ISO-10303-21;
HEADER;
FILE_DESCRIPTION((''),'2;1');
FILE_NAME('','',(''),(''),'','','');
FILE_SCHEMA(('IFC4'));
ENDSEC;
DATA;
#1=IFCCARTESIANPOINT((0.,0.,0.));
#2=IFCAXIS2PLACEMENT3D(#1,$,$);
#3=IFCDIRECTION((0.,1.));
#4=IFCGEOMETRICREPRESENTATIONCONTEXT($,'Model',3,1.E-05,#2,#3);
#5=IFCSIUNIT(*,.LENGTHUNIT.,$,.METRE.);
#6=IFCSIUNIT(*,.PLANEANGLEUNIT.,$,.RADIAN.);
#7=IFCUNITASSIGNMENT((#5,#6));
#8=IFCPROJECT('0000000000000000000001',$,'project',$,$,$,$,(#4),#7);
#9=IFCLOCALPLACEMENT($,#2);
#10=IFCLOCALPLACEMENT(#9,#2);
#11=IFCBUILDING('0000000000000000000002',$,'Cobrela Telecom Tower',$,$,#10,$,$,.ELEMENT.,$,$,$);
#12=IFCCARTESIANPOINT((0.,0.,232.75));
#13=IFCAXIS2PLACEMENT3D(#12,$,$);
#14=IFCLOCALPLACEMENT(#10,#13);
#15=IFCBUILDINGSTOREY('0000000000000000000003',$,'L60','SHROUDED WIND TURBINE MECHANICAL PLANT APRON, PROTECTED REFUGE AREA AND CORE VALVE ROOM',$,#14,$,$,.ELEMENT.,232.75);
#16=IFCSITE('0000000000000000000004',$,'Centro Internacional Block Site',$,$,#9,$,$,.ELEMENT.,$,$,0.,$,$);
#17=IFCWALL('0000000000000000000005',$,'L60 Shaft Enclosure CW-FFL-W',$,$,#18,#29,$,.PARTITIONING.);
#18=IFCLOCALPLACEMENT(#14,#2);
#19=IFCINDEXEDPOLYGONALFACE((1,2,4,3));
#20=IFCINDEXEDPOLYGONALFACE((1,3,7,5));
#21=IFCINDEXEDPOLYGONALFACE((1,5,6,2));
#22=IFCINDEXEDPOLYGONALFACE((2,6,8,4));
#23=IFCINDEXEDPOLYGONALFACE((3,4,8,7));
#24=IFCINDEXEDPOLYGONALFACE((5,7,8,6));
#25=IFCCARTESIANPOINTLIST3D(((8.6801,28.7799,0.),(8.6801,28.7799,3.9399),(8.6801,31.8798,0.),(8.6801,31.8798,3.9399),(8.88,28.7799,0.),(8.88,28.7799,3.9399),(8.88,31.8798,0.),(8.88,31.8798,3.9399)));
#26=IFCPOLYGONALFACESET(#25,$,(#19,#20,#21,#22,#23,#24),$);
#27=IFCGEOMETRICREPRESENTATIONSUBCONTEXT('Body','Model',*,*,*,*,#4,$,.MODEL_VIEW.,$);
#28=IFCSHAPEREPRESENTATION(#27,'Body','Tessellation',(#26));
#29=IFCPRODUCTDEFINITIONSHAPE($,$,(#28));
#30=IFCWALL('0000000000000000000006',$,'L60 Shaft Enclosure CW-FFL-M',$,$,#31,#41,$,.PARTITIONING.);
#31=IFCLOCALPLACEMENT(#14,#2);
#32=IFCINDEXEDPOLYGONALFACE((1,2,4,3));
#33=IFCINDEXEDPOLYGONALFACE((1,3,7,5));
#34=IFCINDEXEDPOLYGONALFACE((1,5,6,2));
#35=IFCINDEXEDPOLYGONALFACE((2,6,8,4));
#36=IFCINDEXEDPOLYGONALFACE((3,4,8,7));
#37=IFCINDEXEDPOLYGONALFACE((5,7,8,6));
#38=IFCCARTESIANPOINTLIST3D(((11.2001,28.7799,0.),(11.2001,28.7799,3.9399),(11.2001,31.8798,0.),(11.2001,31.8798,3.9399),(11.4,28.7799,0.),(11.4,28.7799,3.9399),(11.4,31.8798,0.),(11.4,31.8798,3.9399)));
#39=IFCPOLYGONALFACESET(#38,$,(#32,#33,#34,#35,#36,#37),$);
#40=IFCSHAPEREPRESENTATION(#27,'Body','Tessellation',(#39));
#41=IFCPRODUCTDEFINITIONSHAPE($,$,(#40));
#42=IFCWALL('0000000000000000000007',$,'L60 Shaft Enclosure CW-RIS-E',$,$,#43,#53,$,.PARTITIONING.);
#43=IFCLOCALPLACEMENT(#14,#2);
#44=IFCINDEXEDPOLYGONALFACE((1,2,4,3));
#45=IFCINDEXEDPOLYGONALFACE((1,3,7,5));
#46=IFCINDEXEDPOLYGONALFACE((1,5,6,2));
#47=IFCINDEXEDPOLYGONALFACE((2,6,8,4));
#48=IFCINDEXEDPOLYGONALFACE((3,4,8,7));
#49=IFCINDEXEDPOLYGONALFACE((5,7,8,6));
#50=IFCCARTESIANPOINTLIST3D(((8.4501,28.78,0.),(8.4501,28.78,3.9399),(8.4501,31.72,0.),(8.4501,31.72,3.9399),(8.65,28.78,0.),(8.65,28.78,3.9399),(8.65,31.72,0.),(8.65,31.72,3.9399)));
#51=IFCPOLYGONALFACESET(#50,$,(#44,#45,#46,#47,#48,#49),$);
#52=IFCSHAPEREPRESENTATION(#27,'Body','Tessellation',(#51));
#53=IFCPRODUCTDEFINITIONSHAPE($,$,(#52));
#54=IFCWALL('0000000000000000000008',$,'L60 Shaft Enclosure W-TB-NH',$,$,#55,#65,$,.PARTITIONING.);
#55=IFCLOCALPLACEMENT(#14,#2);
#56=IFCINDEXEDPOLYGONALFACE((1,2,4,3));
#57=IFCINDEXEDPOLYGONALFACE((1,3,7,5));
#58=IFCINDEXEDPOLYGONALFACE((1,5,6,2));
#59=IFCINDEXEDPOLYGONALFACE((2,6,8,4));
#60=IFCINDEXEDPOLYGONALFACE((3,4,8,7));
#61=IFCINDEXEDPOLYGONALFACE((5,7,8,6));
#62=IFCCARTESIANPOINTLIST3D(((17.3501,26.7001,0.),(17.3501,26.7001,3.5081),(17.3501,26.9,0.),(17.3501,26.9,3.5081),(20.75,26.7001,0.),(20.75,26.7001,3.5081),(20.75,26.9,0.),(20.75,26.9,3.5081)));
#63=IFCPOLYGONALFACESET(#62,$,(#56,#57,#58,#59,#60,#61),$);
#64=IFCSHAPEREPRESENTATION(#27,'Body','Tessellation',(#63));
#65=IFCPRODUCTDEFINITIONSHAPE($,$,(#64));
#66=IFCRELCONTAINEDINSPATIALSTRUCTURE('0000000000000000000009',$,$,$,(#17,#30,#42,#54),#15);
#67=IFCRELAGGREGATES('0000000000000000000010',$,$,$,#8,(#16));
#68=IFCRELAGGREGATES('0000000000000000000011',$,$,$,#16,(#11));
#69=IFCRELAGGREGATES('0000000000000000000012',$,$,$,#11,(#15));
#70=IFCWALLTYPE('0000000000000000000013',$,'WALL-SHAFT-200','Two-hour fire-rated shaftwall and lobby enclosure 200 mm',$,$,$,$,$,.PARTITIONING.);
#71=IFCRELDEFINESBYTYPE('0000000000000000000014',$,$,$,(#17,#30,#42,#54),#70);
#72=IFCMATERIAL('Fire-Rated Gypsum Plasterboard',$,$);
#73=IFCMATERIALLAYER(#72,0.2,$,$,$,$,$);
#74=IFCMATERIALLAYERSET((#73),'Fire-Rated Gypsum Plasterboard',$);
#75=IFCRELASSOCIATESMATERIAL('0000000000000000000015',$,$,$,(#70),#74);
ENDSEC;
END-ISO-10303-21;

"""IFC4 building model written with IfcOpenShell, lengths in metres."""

from ifc_helpers import new_model, si_unit, direction, frame, frame_2d, origin, place, context, subcontext, project, spatial, rectangle, extrude, material, layer, layer_set, type_object, element, save


model = new_model("IFC4")

# Units and contexts
model_context = context("Model", 3, precision=1e-05, world=origin(), true_north=direction((0.0, 1.0)))
body_context = subcontext(model_context, "Body", "Model", "MODEL_VIEW")
ifc_project = project(units=[si_unit("LENGTHUNIT", "METRE"), si_unit("PLANEANGLEUNIT", "RADIAN")], contexts=[model_context])

# Site, building, storey
site_placement = place(None, origin())
site = spatial("IfcSite", under=ifc_project, at=site_placement, Name="Centro Internacional Block Site", CompositionType="ELEMENT", RefElevation=0.0)
building_placement = place(site_placement, origin())
building = spatial("IfcBuilding", under=site, at=building_placement, Name="Cobrela Telecom Tower", CompositionType="ELEMENT")
storey_placement = place(building_placement, frame((0.0, 0.0, 232.75)))
storey = spatial("IfcBuildingStorey", under=building, at=storey_placement, Name="L60", Description="SHROUDED WIND TURBINE MECHANICAL PLANT APRON, PROTECTED REFUGE AREA AND CORE VALVE ROOM", CompositionType="ELEMENT", Elevation=232.75)

# Shared definitions
ifc_material_1 = material(Name="Fire-Rated Gypsum Plasterboard")
ifc_layer_1 = layer(ifc_material_1, 0.2)
ifc_layer_set_1 = layer_set([ifc_layer_1], Name="Fire-Rated Gypsum Plasterboard")
wall_type_1 = type_object("IfcWallType", Name="WALL-SHAFT-200", Description="Two-hour fire-rated shaftwall and lobby enclosure 200 mm", PredefinedType="PARTITIONING", material=ifc_layer_set_1)

# Walls
for number, where, z_axis, x_axis, name in (
    (1, (8.78, 28.78, 0.0), (0.0, 0.0, 1.0), (0.0, 1.0, 0.0), "L60 Shaft Enclosure CW-FFL-W"),
    (2, (11.3, 28.78, 0.0), (0.0, 0.0, 1.0), (0.0, 1.0, 0.0), "L60 Shaft Enclosure CW-FFL-M"),
):
    element("IfcWall", number, at=place(storey_placement, frame(where, z_axis=z_axis, x_axis=x_axis)), inside=storey, type_object=wall_type_1, Name=name, PredefinedType="PARTITIONING", context=body_context, shape_type="SweptSolid", body=[
        extrude(rectangle(XDim=3.0999, YDim=0.2, at=frame_2d((1.5498, 0.0))), origin(), (0.0, 0.0, 1.0), 3.9399),
    ])
wall_1_placement = place(storey_placement, frame((8.55, 28.78, 0.0), z_axis=(0.0, 0.0, 1.0), x_axis=(0.0, 1.0, 0.0)))
element("IfcWall", 3, at=wall_1_placement, inside=storey, type_object=wall_type_1, Name="L60 Shaft Enclosure CW-RIS-E", PredefinedType="PARTITIONING", context=body_context, shape_type="SweptSolid", body=[
    extrude(rectangle(XDim=2.9399, YDim=0.2, at=frame_2d((1.47, 0.0))), origin(), (0.0, 0.0, 1.0), 3.9399),
])

# Wall
wall_2_placement = place(storey_placement, frame((17.3501, 26.8, 0.0), z_axis=(0.0, 0.0, 1.0), x_axis=(1.0, 0.0, 0.0)))
element("IfcWall", 4, at=wall_2_placement, inside=storey, type_object=wall_type_1, Name="L60 Shaft Enclosure W-TB-NH", PredefinedType="PARTITIONING", context=body_context, shape_type="SweptSolid", body=[
    extrude(rectangle(XDim=3.3999, YDim=0.2, at=frame_2d((1.7, 0.0))), origin(), (0.0, 0.0, 1.0), 3.5081),
])

save(model, "model.ifc")
